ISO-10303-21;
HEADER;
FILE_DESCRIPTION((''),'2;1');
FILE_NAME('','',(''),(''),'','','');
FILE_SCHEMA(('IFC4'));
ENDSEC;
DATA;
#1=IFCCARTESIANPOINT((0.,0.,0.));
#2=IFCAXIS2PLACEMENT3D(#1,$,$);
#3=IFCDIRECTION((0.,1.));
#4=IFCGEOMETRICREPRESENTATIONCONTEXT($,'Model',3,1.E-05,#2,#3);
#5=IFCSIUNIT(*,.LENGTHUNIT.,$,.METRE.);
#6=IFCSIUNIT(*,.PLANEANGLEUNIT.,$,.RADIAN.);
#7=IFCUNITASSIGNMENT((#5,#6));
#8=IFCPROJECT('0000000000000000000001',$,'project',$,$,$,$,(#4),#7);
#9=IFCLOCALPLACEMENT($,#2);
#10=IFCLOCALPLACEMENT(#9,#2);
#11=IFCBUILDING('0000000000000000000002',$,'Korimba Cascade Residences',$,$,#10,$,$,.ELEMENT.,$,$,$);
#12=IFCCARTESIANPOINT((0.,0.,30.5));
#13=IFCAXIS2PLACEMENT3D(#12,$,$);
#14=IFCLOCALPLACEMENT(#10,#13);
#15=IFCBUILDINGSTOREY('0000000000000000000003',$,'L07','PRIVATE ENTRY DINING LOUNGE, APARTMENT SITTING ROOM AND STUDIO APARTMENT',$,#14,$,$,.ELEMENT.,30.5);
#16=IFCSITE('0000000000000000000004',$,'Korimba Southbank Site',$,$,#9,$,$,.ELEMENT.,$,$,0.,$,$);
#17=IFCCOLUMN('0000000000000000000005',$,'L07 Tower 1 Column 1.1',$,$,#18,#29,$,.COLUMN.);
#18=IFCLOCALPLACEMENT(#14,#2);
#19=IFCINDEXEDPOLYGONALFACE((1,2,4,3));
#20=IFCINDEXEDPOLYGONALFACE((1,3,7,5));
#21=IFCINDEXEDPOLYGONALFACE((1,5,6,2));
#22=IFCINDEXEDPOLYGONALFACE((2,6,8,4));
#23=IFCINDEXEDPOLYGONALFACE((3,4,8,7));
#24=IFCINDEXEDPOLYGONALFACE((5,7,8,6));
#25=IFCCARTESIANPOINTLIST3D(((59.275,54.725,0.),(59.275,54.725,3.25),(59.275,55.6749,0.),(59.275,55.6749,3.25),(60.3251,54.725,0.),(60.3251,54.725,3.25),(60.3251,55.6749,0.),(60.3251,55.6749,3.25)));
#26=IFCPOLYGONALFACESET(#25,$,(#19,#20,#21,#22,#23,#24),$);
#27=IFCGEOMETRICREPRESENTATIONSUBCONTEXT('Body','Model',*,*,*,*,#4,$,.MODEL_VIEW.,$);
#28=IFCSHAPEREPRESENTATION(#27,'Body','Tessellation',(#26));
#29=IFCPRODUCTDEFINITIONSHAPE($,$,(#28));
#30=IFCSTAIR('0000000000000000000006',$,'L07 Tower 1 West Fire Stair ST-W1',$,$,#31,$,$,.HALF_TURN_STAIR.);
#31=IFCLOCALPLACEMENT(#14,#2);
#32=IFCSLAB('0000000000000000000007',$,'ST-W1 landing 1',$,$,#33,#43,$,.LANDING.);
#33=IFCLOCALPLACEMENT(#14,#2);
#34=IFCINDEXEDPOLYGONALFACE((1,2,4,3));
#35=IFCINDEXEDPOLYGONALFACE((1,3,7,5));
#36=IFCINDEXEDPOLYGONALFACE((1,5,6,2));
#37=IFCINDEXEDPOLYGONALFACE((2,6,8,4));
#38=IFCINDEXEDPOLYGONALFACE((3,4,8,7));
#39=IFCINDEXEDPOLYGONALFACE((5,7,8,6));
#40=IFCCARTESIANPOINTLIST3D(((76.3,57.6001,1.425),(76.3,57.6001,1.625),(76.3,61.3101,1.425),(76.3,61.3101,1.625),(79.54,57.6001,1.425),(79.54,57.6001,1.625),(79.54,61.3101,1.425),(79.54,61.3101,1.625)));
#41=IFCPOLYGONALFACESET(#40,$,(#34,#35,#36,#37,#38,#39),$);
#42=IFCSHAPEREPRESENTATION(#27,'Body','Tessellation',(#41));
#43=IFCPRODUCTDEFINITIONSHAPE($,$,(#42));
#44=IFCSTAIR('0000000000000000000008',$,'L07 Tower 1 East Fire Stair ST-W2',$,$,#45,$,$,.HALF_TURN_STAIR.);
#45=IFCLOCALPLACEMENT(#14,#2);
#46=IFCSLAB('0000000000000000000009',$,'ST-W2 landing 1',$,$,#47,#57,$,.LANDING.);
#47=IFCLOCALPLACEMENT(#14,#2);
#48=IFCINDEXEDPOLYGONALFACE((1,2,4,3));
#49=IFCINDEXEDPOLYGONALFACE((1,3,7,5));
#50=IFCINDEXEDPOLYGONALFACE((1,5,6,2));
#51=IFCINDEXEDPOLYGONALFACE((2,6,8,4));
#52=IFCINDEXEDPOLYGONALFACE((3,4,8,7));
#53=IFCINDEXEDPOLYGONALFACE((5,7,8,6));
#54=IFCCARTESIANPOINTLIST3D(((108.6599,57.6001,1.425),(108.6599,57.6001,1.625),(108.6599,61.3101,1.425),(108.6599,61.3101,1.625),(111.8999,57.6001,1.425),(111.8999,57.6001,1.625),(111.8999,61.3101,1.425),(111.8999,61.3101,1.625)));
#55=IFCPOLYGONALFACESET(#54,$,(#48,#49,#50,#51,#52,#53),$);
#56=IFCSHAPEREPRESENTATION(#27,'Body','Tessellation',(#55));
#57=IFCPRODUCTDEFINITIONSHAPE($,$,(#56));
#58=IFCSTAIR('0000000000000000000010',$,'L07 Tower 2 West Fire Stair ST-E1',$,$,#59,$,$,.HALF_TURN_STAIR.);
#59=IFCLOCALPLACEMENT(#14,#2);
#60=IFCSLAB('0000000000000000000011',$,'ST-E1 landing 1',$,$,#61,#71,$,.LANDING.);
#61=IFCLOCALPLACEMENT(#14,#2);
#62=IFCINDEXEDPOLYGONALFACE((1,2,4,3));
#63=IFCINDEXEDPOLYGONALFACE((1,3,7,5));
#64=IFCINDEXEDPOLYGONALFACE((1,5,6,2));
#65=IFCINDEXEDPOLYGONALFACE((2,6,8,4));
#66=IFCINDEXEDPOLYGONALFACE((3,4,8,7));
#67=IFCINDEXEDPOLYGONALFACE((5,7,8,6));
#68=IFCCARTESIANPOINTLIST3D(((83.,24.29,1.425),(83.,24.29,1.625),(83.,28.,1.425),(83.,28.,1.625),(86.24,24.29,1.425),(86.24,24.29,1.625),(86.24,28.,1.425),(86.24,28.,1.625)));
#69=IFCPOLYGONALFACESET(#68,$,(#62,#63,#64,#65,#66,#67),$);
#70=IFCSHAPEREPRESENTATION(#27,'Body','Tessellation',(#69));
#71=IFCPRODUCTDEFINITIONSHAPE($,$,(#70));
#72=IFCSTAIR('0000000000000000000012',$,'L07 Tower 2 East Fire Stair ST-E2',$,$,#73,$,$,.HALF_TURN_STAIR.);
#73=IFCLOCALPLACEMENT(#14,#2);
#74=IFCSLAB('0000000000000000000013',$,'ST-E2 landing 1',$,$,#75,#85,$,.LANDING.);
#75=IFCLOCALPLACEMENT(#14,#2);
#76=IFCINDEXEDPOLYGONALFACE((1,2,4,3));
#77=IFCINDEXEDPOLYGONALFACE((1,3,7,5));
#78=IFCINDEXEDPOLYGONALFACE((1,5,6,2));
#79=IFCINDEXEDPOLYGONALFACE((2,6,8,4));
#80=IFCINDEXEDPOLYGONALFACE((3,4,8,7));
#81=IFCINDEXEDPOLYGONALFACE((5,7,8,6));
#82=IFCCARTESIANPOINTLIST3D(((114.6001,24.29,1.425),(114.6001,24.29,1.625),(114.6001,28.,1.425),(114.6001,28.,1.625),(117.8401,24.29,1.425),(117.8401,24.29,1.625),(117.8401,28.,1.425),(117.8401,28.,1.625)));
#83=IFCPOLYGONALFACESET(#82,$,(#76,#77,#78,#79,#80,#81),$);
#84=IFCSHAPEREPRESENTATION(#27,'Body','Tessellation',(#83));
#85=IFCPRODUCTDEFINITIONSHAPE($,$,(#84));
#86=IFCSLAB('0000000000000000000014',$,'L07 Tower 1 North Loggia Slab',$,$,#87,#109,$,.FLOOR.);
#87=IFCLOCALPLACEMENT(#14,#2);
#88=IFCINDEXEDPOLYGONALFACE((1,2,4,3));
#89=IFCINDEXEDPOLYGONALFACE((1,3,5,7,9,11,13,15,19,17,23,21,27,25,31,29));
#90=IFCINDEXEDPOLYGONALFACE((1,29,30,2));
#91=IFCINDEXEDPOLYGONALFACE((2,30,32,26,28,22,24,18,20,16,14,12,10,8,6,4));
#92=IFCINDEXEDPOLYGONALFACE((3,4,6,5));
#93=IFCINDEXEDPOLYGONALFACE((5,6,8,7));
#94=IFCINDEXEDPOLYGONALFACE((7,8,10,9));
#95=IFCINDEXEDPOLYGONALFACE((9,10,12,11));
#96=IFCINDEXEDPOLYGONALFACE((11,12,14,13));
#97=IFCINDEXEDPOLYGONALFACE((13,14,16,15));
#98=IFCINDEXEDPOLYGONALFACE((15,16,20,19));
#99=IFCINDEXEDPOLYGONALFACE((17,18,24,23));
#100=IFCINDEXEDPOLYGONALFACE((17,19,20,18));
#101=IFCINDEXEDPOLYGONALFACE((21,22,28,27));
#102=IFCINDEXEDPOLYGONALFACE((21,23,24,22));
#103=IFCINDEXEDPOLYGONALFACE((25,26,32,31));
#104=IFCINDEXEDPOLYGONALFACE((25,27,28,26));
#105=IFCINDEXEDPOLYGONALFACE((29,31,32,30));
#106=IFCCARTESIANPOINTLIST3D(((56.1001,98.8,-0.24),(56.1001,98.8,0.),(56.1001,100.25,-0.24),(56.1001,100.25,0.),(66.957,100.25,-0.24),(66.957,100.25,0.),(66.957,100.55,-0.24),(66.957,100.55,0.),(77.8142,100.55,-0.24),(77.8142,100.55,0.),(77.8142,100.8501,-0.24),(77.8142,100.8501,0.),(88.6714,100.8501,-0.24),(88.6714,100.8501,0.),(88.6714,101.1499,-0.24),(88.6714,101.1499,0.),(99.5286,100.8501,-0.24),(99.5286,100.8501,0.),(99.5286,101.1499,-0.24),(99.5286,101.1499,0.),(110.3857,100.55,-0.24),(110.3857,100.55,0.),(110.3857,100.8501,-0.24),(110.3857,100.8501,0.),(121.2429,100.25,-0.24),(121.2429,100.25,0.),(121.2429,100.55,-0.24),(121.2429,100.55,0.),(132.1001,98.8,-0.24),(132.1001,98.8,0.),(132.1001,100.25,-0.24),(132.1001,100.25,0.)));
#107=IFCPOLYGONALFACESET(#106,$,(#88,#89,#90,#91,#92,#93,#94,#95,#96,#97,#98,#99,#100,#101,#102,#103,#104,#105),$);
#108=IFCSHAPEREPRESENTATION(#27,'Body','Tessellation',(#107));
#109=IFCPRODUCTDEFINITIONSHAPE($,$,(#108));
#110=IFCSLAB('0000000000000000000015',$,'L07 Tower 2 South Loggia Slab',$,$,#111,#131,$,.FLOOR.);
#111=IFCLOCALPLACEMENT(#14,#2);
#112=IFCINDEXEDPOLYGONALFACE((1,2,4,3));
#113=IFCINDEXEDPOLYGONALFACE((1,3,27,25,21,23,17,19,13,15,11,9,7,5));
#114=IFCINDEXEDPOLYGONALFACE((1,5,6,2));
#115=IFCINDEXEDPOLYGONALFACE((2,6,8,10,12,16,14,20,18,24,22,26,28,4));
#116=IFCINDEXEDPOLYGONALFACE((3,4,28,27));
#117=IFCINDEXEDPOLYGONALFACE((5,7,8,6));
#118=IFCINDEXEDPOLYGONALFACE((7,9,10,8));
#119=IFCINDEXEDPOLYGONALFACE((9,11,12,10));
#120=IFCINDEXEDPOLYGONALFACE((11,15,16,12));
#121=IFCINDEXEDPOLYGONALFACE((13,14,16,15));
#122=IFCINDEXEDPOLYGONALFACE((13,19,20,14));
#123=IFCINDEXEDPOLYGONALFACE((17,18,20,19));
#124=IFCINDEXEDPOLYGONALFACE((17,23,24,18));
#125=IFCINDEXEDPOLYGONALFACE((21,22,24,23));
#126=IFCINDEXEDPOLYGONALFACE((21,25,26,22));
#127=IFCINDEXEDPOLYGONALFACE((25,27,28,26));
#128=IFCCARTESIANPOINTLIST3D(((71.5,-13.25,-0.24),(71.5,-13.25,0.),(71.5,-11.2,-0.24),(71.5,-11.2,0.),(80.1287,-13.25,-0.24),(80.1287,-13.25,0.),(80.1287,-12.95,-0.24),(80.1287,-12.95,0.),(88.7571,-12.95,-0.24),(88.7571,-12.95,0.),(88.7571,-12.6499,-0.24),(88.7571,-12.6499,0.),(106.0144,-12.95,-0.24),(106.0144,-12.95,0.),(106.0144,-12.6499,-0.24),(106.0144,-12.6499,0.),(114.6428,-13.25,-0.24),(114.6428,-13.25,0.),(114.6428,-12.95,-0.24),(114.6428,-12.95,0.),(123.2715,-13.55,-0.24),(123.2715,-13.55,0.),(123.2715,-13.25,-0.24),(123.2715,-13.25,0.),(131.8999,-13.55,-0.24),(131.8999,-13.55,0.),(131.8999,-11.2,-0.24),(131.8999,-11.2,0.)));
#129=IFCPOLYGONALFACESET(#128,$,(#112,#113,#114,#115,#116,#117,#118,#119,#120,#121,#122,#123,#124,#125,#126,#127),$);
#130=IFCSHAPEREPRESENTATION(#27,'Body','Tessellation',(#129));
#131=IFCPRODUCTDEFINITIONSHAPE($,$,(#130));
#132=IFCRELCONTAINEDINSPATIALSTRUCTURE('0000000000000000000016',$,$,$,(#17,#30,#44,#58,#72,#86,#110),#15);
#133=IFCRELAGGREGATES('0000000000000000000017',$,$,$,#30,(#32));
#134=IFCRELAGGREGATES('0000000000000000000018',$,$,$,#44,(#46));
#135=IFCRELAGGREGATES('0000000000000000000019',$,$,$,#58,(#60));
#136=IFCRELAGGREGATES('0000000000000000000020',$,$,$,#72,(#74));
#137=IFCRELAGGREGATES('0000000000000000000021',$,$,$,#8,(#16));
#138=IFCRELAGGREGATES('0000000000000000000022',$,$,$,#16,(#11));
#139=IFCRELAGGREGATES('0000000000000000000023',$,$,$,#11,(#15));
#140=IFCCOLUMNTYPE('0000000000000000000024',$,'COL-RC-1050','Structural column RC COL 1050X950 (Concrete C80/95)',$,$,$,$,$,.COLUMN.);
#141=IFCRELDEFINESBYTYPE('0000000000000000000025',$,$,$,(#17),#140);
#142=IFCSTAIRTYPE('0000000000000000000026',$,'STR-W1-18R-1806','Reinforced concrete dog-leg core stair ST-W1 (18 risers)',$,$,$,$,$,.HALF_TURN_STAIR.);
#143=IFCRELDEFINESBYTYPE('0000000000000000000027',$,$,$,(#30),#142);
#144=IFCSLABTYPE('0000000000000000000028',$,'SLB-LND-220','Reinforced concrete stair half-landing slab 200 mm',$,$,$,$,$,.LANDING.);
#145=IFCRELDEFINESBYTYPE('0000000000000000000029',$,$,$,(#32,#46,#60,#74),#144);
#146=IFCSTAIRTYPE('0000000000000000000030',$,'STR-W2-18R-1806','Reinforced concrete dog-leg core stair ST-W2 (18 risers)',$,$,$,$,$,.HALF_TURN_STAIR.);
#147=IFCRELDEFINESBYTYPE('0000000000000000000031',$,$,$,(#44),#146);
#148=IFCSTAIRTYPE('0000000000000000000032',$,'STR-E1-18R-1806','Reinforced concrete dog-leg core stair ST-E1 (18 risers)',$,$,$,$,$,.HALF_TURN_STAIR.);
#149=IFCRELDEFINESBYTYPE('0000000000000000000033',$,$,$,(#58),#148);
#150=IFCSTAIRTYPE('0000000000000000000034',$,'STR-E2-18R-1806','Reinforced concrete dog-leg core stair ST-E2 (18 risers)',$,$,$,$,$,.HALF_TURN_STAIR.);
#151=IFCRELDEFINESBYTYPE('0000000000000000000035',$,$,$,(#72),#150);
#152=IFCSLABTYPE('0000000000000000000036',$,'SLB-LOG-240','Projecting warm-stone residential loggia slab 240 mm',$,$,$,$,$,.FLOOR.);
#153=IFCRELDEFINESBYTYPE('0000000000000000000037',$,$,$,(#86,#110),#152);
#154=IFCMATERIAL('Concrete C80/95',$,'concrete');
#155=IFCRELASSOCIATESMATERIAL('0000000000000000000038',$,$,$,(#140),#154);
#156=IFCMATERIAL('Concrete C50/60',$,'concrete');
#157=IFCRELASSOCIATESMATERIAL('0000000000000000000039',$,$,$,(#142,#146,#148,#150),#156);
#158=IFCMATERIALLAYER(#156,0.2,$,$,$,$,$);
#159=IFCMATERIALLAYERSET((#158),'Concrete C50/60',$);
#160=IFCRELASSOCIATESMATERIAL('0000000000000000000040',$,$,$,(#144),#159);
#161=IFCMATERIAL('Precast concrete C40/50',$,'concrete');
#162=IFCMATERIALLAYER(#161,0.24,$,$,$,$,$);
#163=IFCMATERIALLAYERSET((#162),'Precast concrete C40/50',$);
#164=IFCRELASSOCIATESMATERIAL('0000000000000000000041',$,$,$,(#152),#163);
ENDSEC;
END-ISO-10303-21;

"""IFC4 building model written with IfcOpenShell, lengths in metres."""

from ifc_helpers import new_model, si_unit, direction, frame, origin, origin_2d, place, context, subcontext, project, spatial, polyline, rectangle, outline, extrude, material, layer, layer_set, material_profile, profile_set, type_object, element, aggregate, save


model = new_model("IFC4")

# Units and contexts
model_context = context("Model", 3, precision=1e-05, world=origin(), true_north=direction((0.0, 1.0)))
body_context = subcontext(model_context, "Body", "Model", "MODEL_VIEW")
ifc_project = project(units=[si_unit("LENGTHUNIT", "METRE"), si_unit("PLANEANGLEUNIT", "RADIAN")], contexts=[model_context])

# Site, building, storey
site_placement = place(None, origin())
site = spatial("IfcSite", under=ifc_project, at=site_placement, Name="Korimba Southbank Site", CompositionType="ELEMENT", RefElevation=0.0)
building_placement = place(site_placement, origin())
building = spatial("IfcBuilding", under=site, at=building_placement, Name="Korimba Cascade Residences", CompositionType="ELEMENT")
storey_placement = place(building_placement, frame((0.0, 0.0, 30.5)))
storey = spatial("IfcBuildingStorey", under=building, at=storey_placement, Name="L07", Description="PRIVATE ENTRY DINING LOUNGE, APARTMENT SITTING ROOM AND STUDIO APARTMENT", CompositionType="ELEMENT", Elevation=30.5)

# Column
ifc_material_1 = material(Name="Concrete C80/95", Category="concrete")
ifc_material_profile = material_profile(ifc_material_1, rectangle(XDim=1.05, YDim=0.95, at=origin_2d()), Name="Concrete C80/95")
ifc_profile_set = profile_set([ifc_material_profile], Name="Concrete C80/95")
column_type = type_object("IfcColumnType", Name="COL-RC-1050", Description="Structural column RC COL 1050X950 (Concrete C80/95)", PredefinedType="COLUMN", material=ifc_profile_set)
column_placement = place(storey_placement, frame((59.8, 55.2, 0.0), z_axis=(0.0, 0.0, 1.0), x_axis=(1.0, 0.0, 0.0)))
element("IfcColumn", 1, at=column_placement, inside=storey, type_object=column_type, Name="L07 Tower 1 Column 1.1", PredefinedType="COLUMN", context=body_context, shape_type="SweptSolid", body=[
    extrude(rectangle(XDim=1.05, YDim=0.95, at=origin_2d()), origin(), (0.0, 0.0, 1.0), 3.25),
])

# Stairs, slabs
ifc_material_2 = material(Name="Concrete C50/60", Category="concrete")
stair_type_1 = type_object("IfcStairType", Name="STR-W1-18R-1806", Description="Reinforced concrete dog-leg core stair ST-W1 (18 risers)", PredefinedType="HALF_TURN_STAIR", material=ifc_material_2)
stair_1_placement = place(storey_placement, origin())
stair_1 = element("IfcStair", 2, at=stair_1_placement, inside=storey, type_object=stair_type_1, Name="L07 Tower 1 West Fire Stair ST-W1", PredefinedType="HALF_TURN_STAIR")
ifc_layer_1 = layer(ifc_material_2, 0.2)
ifc_layer_set_1 = layer_set([ifc_layer_1], Name="Concrete C50/60")
slab_type_1 = type_object("IfcSlabType", Name="SLB-LND-220", Description="Reinforced concrete stair half-landing slab 200 mm", PredefinedType="LANDING", material=ifc_layer_set_1)
slab_1_placement = place(storey_placement, frame((0.0, 0.0, 1.425)))
slab_1 = element("IfcSlab", 3, at=slab_1_placement, type_object=slab_type_1, Name="ST-W1 landing 1", PredefinedType="LANDING", context=body_context, shape_type="SweptSolid", body=[
    extrude(outline(polyline([(76.3, 61.3101), (76.3, 57.6001), (79.54, 57.6001), (79.54, 61.3101), (76.3, 61.3101)])), origin(), (0.0, 0.0, 1.0), 0.2),
])
aggregate(stair_1, [slab_1])
stair_type_2 = type_object("IfcStairType", Name="STR-W2-18R-1806", Description="Reinforced concrete dog-leg core stair ST-W2 (18 risers)", PredefinedType="HALF_TURN_STAIR", material=ifc_material_2)
stair_2_placement = place(storey_placement, origin())
stair_2 = element("IfcStair", 4, at=stair_2_placement, inside=storey, type_object=stair_type_2, Name="L07 Tower 1 East Fire Stair ST-W2", PredefinedType="HALF_TURN_STAIR")
slab_2_placement = place(storey_placement, frame((0.0, 0.0, 1.425)))
slab_2 = element("IfcSlab", 5, at=slab_2_placement, type_object=slab_type_1, Name="ST-W2 landing 1", PredefinedType="LANDING", context=body_context, shape_type="SweptSolid", body=[
    extrude(outline(polyline([(108.6599, 61.3101), (108.6599, 57.6001), (111.8999, 57.6001), (111.8999, 61.3101), (108.6599, 61.3101)])), origin(), (0.0, 0.0, 1.0), 0.2),
])
aggregate(stair_2, [slab_2])
stair_type_3 = type_object("IfcStairType", Name="STR-E1-18R-1806", Description="Reinforced concrete dog-leg core stair ST-E1 (18 risers)", PredefinedType="HALF_TURN_STAIR", material=ifc_material_2)
stair_3_placement = place(storey_placement, origin())
stair_3 = element("IfcStair", 6, at=stair_3_placement, inside=storey, type_object=stair_type_3, Name="L07 Tower 2 West Fire Stair ST-E1", PredefinedType="HALF_TURN_STAIR")
slab_3_placement = place(storey_placement, frame((0.0, 0.0, 1.425)))
slab_3 = element("IfcSlab", 7, at=slab_3_placement, type_object=slab_type_1, Name="ST-E1 landing 1", PredefinedType="LANDING", context=body_context, shape_type="SweptSolid", body=[
    extrude(outline(polyline([(86.24, 24.29), (86.24, 28.0), (83.0, 28.0), (83.0, 24.29), (86.24, 24.29)])), origin(), (0.0, 0.0, 1.0), 0.2),
])
aggregate(stair_3, [slab_3])
stair_type_4 = type_object("IfcStairType", Name="STR-E2-18R-1806", Description="Reinforced concrete dog-leg core stair ST-E2 (18 risers)", PredefinedType="HALF_TURN_STAIR", material=ifc_material_2)
stair_4_placement = place(storey_placement, origin())
stair_4 = element("IfcStair", 8, at=stair_4_placement, inside=storey, type_object=stair_type_4, Name="L07 Tower 2 East Fire Stair ST-E2", PredefinedType="HALF_TURN_STAIR")
slab_4_placement = place(storey_placement, frame((0.0, 0.0, 1.425)))
slab_4 = element("IfcSlab", 9, at=slab_4_placement, type_object=slab_type_1, Name="ST-E2 landing 1", PredefinedType="LANDING", context=body_context, shape_type="SweptSolid", body=[
    extrude(outline(polyline([(117.8401, 24.29), (117.8401, 28.0), (114.6001, 28.0), (114.6001, 24.29), (117.8401, 24.29)])), origin(), (0.0, 0.0, 1.0), 0.2),
])
aggregate(stair_4, [slab_4])

# Slabs
ifc_material_3 = material(Name="Precast concrete C40/50", Category="concrete")
ifc_layer_2 = layer(ifc_material_3, 0.24)
ifc_layer_set_2 = layer_set([ifc_layer_2], Name="Precast concrete C40/50")
slab_type_2 = type_object("IfcSlabType", Name="SLB-LOG-240", Description="Projecting warm-stone residential loggia slab 240 mm", PredefinedType="FLOOR", material=ifc_layer_set_2)
slab_5_placement = place(storey_placement, frame((0.0, 0.0, -0.24)))
element("IfcSlab", 10, at=slab_5_placement, inside=storey, type_object=slab_type_2, Name="L07 Tower 1 North Loggia Slab", PredefinedType="FLOOR", context=body_context, shape_type="SweptSolid", body=[
    extrude(outline(polyline([(56.1001, 98.8), (132.1001, 98.8), (132.1001, 100.25), (121.2429, 100.25), (121.2429, 100.55), (110.3857, 100.55), (110.3857, 100.8501), (99.5286, 100.8501), (99.5286, 101.1499), (88.6714, 101.1499), (88.6714, 100.8501), (77.8142, 100.8501), (77.8142, 100.55), (66.957, 100.55), (66.957, 100.25), (56.1001, 100.25), (56.1001, 98.8)])), origin(), (0.0, 0.0, 1.0), 0.24),
])
slab_6_placement = place(storey_placement, frame((0.0, 0.0, -0.24)))
element("IfcSlab", 11, at=slab_6_placement, inside=storey, type_object=slab_type_2, Name="L07 Tower 2 South Loggia Slab", PredefinedType="FLOOR", context=body_context, shape_type="SweptSolid", body=[
    extrude(outline(polyline([(71.5, -13.25), (80.1287, -13.25), (80.1287, -12.95), (88.7571, -12.95), (88.7571, -12.6499), (106.0144, -12.6499), (106.0144, -12.95), (114.6428, -12.95), (114.6428, -13.25), (123.2715, -13.25), (123.2715, -13.55), (131.8999, -13.55), (131.8999, -11.2), (71.5, -11.2), (71.5, -13.25)])), origin(), (0.0, 0.0, 1.0), 0.24),
])

save(model, "model.ifc")
